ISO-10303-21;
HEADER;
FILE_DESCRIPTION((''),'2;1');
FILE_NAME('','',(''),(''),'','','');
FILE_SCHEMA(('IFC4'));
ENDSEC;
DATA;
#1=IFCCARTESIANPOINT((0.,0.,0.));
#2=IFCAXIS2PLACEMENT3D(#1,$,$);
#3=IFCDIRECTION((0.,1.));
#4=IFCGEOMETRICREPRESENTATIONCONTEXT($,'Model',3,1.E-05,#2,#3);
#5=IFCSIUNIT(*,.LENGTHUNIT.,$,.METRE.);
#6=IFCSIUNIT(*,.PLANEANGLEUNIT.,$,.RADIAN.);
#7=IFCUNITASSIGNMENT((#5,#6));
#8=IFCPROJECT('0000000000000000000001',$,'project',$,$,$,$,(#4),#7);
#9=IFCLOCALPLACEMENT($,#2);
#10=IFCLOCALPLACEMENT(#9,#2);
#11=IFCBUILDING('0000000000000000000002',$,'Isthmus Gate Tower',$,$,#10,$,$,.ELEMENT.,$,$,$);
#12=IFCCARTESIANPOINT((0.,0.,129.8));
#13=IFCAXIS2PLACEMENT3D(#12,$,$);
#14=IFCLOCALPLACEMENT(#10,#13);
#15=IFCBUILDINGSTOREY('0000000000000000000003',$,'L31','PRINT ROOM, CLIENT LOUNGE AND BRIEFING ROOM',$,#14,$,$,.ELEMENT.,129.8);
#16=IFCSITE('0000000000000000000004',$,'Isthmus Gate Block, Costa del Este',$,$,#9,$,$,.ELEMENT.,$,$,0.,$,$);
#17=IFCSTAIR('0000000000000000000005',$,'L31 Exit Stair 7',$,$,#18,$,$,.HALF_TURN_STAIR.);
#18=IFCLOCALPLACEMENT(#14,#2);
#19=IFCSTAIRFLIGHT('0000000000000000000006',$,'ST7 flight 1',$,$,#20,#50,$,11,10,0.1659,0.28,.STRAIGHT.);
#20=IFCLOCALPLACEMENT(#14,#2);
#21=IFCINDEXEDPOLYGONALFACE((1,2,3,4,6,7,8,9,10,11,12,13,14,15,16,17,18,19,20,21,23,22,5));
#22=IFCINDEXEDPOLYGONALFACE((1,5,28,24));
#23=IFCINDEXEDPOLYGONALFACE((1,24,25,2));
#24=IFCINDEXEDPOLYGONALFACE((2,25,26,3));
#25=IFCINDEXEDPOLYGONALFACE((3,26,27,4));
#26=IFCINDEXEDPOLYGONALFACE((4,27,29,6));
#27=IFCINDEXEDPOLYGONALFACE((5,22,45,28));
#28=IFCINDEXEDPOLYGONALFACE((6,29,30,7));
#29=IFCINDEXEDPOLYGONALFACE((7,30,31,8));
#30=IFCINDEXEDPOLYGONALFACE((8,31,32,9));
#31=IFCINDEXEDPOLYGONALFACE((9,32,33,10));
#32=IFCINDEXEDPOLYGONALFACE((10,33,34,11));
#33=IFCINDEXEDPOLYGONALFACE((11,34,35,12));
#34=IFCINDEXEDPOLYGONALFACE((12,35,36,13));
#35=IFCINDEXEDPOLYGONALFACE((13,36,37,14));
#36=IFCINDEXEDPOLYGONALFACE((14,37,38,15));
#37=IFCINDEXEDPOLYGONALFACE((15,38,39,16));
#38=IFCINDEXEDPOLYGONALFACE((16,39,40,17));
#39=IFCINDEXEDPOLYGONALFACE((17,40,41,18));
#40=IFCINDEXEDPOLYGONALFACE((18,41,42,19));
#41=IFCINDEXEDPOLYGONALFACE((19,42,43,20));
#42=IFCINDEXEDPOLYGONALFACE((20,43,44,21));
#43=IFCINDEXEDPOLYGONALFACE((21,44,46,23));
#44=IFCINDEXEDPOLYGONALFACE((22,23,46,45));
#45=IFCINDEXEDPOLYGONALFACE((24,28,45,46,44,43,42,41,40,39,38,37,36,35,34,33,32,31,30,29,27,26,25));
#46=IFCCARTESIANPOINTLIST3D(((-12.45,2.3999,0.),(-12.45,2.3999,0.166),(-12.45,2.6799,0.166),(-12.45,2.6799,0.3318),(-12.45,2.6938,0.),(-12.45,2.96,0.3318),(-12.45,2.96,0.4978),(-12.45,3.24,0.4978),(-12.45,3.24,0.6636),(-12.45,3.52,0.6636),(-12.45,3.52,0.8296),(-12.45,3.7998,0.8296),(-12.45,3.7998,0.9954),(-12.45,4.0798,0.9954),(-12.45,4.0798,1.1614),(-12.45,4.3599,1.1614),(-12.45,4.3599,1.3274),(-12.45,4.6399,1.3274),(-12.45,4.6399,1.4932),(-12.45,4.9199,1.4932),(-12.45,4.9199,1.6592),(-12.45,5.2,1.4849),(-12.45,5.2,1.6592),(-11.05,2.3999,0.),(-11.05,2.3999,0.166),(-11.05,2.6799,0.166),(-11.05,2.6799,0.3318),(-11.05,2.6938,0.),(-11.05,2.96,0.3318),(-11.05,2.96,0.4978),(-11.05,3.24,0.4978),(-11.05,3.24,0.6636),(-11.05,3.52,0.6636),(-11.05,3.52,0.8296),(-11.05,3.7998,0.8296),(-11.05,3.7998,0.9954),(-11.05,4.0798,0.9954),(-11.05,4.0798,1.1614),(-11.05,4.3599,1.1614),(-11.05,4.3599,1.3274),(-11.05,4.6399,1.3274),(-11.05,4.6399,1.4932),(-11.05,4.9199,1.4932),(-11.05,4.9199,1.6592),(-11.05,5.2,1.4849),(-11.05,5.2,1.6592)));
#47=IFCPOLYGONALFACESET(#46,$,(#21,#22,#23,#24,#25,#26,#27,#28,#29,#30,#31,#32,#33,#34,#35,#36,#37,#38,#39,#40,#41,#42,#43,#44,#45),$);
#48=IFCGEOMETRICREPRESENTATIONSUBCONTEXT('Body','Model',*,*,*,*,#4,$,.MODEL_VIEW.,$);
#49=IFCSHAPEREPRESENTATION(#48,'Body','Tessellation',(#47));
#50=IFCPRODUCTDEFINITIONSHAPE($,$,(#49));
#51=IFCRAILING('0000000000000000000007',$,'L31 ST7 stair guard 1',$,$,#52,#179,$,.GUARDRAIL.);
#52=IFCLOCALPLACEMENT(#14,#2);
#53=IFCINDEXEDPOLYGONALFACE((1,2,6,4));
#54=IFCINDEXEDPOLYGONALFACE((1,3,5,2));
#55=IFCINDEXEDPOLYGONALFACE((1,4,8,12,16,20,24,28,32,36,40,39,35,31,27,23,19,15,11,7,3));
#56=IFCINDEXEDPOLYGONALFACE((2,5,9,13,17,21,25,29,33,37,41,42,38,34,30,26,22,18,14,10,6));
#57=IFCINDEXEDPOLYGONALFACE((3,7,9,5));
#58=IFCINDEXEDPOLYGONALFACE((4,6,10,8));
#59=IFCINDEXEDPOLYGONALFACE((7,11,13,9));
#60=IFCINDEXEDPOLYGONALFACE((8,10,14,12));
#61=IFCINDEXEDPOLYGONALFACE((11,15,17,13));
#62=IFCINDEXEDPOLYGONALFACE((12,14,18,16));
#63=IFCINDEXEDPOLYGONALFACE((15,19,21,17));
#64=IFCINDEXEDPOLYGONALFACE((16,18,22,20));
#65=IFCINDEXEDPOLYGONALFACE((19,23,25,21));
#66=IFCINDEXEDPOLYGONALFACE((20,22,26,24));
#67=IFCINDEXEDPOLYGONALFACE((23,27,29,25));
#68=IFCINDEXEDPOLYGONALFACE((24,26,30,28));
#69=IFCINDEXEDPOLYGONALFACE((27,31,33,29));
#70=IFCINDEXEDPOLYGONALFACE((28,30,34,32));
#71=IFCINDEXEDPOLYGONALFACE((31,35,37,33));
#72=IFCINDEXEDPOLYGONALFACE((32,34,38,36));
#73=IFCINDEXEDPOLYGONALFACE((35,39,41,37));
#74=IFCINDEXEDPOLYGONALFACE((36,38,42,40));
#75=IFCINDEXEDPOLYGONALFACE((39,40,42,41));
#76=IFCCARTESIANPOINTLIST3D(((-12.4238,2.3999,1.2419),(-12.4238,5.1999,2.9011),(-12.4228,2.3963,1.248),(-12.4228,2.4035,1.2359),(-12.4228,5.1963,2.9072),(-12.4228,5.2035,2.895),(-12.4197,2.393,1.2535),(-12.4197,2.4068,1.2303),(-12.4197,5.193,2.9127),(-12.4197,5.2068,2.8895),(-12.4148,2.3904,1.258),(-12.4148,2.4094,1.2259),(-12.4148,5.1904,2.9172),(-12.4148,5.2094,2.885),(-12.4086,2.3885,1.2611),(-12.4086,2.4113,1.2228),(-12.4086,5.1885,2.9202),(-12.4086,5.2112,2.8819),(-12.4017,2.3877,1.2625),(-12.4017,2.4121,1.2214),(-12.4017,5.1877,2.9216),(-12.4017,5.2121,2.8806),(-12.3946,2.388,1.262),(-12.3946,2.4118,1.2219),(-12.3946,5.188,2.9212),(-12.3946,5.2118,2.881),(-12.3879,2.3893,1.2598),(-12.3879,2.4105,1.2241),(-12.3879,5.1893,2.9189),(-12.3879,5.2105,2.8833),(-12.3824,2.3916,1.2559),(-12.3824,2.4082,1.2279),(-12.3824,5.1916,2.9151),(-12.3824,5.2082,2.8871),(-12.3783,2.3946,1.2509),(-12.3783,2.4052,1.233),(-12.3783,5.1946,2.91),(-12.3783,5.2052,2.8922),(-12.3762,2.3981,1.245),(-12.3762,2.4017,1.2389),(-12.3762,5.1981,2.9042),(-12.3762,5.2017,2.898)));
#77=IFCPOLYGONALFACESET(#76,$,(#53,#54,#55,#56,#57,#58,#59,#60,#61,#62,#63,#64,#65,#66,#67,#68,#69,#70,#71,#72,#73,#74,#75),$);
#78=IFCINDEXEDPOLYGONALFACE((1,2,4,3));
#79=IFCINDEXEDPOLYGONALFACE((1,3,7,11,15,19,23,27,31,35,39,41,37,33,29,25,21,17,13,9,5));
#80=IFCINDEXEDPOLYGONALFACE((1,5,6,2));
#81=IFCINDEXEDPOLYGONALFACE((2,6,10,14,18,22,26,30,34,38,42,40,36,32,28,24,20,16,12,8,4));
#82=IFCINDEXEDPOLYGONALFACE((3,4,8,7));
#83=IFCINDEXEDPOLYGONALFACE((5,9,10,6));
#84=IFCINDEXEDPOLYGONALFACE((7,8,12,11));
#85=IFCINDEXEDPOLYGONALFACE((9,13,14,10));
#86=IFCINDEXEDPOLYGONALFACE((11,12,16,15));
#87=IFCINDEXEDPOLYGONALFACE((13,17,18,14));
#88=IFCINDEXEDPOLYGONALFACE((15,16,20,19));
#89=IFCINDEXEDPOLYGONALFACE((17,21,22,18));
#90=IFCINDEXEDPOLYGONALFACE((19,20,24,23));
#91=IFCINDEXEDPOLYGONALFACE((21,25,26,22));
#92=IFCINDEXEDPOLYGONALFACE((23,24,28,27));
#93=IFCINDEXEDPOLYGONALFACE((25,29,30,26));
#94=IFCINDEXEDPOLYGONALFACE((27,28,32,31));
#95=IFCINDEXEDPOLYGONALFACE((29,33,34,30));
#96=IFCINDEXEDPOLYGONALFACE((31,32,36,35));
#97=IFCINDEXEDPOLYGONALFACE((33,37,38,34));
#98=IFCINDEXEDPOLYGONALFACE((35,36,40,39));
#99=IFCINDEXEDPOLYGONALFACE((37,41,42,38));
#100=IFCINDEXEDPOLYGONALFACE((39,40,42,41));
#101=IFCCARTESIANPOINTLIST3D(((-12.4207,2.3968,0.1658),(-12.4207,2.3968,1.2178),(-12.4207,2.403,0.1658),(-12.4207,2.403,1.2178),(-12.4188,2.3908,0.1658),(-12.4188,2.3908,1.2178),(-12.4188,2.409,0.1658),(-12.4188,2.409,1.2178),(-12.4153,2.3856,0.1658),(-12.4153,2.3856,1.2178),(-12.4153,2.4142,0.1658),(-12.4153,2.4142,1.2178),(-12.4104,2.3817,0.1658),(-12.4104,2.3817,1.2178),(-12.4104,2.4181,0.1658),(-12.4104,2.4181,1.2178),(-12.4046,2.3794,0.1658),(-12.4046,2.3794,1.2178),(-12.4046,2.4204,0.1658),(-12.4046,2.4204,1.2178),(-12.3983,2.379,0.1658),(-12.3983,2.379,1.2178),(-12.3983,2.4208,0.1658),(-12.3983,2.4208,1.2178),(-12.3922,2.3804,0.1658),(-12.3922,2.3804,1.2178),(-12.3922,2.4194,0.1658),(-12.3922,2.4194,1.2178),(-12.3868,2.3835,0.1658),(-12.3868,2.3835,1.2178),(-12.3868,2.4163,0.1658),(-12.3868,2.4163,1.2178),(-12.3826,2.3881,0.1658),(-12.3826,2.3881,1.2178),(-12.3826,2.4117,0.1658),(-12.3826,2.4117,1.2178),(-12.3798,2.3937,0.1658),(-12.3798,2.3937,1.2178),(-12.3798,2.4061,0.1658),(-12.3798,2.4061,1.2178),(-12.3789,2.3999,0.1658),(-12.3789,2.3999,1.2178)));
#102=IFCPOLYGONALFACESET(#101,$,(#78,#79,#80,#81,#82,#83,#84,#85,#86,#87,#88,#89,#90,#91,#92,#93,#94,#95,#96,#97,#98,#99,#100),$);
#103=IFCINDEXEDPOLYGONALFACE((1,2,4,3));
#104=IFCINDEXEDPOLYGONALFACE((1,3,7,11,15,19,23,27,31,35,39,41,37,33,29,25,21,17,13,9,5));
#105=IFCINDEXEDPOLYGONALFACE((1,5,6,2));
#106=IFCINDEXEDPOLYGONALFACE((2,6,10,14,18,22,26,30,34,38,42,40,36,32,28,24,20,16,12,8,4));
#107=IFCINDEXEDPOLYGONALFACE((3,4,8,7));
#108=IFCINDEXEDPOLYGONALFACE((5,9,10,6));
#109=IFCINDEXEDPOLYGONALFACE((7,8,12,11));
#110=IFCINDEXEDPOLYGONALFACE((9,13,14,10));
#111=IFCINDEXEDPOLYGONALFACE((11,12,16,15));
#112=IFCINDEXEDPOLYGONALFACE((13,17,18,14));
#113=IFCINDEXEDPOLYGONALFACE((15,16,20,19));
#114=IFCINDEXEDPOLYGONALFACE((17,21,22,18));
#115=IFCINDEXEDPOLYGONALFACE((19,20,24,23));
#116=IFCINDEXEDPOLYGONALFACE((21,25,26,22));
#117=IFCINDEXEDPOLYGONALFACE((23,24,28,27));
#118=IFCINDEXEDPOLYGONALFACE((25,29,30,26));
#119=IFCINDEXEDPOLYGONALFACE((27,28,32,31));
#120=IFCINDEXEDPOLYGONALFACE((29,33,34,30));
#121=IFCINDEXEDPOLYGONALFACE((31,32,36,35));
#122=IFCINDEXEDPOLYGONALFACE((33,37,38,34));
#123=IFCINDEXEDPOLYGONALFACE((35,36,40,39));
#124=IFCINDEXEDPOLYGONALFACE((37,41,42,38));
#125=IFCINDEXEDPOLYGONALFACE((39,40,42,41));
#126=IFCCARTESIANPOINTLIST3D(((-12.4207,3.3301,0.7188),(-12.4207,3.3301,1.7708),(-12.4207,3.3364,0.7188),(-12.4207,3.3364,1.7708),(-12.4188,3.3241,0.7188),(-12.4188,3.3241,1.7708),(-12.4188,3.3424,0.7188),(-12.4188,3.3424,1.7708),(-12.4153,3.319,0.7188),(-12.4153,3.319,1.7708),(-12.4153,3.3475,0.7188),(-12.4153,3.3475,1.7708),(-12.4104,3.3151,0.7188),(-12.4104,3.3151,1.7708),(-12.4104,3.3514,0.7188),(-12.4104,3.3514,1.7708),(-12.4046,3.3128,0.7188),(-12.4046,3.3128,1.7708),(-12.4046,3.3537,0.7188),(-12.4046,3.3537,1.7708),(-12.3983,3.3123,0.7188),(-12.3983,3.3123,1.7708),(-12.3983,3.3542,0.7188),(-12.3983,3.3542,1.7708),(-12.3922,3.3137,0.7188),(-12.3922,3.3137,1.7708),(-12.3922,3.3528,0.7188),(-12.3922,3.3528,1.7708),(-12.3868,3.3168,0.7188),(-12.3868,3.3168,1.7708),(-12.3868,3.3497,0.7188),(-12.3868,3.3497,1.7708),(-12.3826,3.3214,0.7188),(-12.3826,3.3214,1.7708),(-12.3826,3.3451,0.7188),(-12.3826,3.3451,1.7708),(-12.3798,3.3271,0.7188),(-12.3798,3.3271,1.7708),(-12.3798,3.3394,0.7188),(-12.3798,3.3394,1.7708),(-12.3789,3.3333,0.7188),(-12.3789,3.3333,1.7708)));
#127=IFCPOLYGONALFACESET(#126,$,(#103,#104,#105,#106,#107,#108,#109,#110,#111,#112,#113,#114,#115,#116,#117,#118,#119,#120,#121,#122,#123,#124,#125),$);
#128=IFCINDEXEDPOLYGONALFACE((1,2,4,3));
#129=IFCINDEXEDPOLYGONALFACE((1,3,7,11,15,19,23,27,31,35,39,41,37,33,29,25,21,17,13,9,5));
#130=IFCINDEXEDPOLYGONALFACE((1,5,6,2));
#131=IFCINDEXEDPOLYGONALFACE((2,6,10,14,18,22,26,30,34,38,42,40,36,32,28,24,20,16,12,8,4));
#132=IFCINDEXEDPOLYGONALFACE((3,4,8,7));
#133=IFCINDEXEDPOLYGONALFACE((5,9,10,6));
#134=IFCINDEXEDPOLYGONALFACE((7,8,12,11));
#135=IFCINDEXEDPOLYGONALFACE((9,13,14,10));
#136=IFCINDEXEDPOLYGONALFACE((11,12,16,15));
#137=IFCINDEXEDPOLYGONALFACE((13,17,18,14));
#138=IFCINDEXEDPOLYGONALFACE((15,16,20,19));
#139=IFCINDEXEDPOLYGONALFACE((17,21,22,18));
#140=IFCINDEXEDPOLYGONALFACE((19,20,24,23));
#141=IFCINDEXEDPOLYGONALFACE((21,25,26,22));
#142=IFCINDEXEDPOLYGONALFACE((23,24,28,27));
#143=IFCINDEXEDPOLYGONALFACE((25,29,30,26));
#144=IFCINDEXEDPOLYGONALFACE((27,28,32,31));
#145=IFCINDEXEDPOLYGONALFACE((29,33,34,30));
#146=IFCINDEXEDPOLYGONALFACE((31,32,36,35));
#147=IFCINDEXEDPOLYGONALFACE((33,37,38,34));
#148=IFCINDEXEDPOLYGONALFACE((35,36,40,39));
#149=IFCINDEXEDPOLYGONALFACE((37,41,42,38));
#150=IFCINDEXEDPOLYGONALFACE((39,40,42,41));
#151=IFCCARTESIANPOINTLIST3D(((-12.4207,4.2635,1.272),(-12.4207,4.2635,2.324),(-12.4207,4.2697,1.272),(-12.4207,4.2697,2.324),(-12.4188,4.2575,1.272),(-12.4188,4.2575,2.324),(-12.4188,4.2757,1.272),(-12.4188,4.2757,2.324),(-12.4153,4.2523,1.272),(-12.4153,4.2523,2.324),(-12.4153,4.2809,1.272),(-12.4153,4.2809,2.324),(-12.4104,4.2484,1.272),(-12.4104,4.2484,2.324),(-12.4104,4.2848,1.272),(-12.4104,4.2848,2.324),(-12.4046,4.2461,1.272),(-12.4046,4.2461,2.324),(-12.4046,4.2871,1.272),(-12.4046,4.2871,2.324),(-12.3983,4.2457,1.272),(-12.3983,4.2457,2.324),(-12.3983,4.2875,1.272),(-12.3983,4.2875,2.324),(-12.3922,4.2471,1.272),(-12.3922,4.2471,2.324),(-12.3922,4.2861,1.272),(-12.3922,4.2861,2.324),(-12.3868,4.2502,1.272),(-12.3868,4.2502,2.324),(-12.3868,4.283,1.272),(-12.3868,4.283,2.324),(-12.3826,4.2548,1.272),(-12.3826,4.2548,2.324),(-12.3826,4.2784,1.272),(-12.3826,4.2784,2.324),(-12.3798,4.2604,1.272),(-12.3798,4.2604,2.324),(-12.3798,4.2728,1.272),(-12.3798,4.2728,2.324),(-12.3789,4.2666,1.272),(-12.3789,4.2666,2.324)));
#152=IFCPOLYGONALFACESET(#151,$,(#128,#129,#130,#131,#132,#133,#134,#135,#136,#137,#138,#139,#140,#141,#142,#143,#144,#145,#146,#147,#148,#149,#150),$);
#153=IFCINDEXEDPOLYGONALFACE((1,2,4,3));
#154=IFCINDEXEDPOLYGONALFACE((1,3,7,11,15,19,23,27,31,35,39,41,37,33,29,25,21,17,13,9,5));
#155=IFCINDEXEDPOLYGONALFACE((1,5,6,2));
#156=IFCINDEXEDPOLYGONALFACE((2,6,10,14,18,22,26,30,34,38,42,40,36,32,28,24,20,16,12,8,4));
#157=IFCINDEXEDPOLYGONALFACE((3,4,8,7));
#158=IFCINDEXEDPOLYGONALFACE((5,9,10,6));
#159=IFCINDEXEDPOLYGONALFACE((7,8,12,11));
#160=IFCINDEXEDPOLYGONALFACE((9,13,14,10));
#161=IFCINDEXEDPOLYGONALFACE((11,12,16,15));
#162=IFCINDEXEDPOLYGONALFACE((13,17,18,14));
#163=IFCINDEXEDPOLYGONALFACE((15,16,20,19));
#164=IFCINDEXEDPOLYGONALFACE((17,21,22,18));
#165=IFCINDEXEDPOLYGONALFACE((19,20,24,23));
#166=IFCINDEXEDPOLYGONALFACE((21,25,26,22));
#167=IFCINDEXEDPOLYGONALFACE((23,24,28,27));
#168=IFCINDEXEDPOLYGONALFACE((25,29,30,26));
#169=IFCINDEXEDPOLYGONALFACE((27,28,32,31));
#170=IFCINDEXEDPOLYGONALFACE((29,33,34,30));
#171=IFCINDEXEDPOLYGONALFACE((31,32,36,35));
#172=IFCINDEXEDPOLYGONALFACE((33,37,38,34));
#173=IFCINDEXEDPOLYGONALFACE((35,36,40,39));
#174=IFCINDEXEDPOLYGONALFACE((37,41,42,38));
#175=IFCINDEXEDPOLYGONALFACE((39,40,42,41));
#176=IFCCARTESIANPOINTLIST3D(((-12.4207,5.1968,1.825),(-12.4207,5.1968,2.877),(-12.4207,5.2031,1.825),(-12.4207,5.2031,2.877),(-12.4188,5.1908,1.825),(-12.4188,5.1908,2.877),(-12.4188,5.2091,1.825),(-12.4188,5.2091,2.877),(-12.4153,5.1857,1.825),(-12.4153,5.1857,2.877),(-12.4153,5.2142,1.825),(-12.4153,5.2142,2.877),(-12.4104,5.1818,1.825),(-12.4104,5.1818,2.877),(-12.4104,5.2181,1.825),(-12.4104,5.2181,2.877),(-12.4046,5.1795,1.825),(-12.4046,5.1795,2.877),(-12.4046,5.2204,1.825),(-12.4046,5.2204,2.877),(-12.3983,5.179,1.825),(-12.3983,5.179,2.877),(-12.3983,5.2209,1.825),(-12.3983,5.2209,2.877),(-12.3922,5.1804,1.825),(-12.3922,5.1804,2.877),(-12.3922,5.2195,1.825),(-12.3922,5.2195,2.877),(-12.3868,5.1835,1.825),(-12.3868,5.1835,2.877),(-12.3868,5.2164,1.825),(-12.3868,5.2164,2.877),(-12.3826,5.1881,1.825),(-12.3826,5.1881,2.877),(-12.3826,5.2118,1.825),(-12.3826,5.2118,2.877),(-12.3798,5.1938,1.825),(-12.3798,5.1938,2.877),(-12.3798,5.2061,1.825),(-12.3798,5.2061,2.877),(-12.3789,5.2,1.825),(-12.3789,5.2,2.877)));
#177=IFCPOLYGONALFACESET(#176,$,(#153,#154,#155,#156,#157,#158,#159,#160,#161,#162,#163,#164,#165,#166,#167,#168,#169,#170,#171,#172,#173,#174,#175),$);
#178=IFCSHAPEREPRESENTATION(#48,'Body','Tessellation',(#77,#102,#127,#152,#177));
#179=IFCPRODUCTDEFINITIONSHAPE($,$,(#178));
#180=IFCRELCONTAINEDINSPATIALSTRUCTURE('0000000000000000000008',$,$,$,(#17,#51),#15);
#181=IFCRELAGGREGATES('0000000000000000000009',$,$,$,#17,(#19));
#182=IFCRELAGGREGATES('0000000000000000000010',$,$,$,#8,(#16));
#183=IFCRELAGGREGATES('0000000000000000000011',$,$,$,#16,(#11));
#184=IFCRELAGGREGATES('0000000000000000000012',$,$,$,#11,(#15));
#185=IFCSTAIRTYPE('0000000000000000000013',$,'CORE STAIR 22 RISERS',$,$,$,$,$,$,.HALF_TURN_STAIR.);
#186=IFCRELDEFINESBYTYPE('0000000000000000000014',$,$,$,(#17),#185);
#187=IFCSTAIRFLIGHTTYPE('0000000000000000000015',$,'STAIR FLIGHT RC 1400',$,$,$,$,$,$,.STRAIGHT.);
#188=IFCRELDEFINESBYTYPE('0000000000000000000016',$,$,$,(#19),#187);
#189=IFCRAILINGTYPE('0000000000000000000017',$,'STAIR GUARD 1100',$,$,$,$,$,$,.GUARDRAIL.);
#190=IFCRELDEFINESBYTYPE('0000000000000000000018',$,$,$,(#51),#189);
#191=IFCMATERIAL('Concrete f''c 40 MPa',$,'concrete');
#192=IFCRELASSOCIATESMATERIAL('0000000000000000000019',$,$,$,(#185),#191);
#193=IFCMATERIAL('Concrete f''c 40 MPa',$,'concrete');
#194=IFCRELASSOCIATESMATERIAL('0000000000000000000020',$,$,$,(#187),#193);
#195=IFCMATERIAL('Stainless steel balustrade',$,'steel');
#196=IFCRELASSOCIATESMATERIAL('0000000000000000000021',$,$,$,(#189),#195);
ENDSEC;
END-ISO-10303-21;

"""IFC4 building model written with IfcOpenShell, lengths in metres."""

from ifc_helpers import new_model, si_unit, direction, frame, origin, origin_2d, place, context, subcontext, project, spatial, polyline, circle, outline, extrude, material, type_object, element, aggregate, save


model = new_model("IFC4")

# Units and contexts
model_context = context("Model", 3, precision=1e-05, world=origin(), true_north=direction((0.0, 1.0)))
body_context = subcontext(model_context, "Body", "Model", "MODEL_VIEW")
ifc_project = project(units=[si_unit("LENGTHUNIT", "METRE"), si_unit("PLANEANGLEUNIT", "RADIAN")], contexts=[model_context])

# Site, building, storey
site_placement = place(None, origin())
site = spatial("IfcSite", under=ifc_project, at=site_placement, Name="Isthmus Gate Block, Costa del Este", CompositionType="ELEMENT", RefElevation=0.0)
building_placement = place(site_placement, origin())
building = spatial("IfcBuilding", under=site, at=building_placement, Name="Isthmus Gate Tower", CompositionType="ELEMENT")
storey_placement = place(building_placement, frame((0.0, 0.0, 129.8)))
storey = spatial("IfcBuildingStorey", under=building, at=storey_placement, Name="L31", Description="PRINT ROOM, CLIENT LOUNGE AND BRIEFING ROOM", CompositionType="ELEMENT", Elevation=129.8)

# Stair, stair flight
ifc_material_1 = material(Name="Concrete f'c 40 MPa", Category="concrete")
stair_type = type_object("IfcStairType", Name="CORE STAIR 22 RISERS", PredefinedType="HALF_TURN_STAIR", material=ifc_material_1)
stair_placement = place(storey_placement, origin())
stair = element("IfcStair", 1, at=stair_placement, inside=storey, type_object=stair_type, Name="L31 Exit Stair 7", PredefinedType="HALF_TURN_STAIR")
ifc_material_2 = material(Name="Concrete f'c 40 MPa", Category="concrete")
stair_flight_type = type_object("IfcStairFlightType", Name="STAIR FLIGHT RC 1400", PredefinedType="STRAIGHT", material=ifc_material_2)
stair_flight_placement = place(storey_placement, frame((-11.75, 2.3999, 0.0), z_axis=(0.0, 0.0, 1.0), x_axis=(0.0, 1.0, 0.0)))
stair_flight = element("IfcStairFlight", 2, at=stair_flight_placement, type_object=stair_flight_type, Name="ST7 flight 1", NumberOfRisers=11, NumberOfTreads=10, PredefinedType="STRAIGHT", RiserHeight=0.1659, TreadLength=0.28, context=body_context, shape_type="SweptSolid", body=[
    extrude(outline(polyline([(0.0, 0.0), (0.0, 0.166), (0.28, 0.166), (0.28, 0.3318), (0.5601, 0.3318), (0.5601, 0.4978), (0.8401, 0.4978), (0.8401, 0.6636), (1.1201, 0.6636), (1.1201, 0.8296), (1.3999, 0.8296), (1.3999, 0.9954), (1.6799, 0.9954), (1.6799, 1.1614), (1.96, 1.1614), (1.96, 1.3274), (2.24, 1.3274), (2.24, 1.4932), (2.52, 1.4932), (2.52, 1.6592), (2.8, 1.6592), (2.8, 1.825), (2.8, 1.4849), (0.2939, 0.0), (0.0, 0.0)])), frame((0.0, 0.7, 0.0), z_axis=(0.0, -1.0, 0.0), x_axis=(1.0, 0.0, 0.0)), (0.0, 0.0, 1.0), 1.3999),
])
aggregate(stair, [stair_flight])

# Railing
ifc_material_3 = material(Name="Stainless steel balustrade", Category="steel")
railing_type_1 = type_object("IfcRailingType", Name="STAIR GUARD 1100", PredefinedType="GUARDRAIL", material=ifc_material_3)
railing_1_placement = place(storey_placement, frame((-12.3999, 2.3999, 0.1658)))
element("IfcRailing", 3, at=railing_1_placement, inside=storey, type_object=railing_type_1, Name="L31 ST7 stair guard 1", PredefinedType="GUARDRAIL", context=body_context, shape_type="SweptSolid", body=[
    extrude(circle(Radius=0.0239, at=origin_2d()), frame((0.0, 0.0, 1.0762), z_axis=(0.0, 0.860306, 0.509778), x_axis=(-1.0, 0.0, 0.0)), (0.0, 0.0, 1.0), 3.2546),
    extrude(circle(Radius=0.021, at=origin_2d()), origin(), (0.0, 0.0, 1.0), 1.052),
    extrude(circle(Radius=0.021, at=origin_2d()), frame((0.0, 0.9333, 0.553)), (0.0, 0.0, 1.0), 1.052),
    extrude(circle(Radius=0.021, at=origin_2d()), frame((0.0, 1.8667, 1.1062)), (0.0, 0.0, 1.0), 1.052),
    extrude(circle(Radius=0.021, at=origin_2d()), frame((0.0, 2.8, 1.6592)), (0.0, 0.0, 1.0), 1.052),
])

save(model, "model.ifc")
